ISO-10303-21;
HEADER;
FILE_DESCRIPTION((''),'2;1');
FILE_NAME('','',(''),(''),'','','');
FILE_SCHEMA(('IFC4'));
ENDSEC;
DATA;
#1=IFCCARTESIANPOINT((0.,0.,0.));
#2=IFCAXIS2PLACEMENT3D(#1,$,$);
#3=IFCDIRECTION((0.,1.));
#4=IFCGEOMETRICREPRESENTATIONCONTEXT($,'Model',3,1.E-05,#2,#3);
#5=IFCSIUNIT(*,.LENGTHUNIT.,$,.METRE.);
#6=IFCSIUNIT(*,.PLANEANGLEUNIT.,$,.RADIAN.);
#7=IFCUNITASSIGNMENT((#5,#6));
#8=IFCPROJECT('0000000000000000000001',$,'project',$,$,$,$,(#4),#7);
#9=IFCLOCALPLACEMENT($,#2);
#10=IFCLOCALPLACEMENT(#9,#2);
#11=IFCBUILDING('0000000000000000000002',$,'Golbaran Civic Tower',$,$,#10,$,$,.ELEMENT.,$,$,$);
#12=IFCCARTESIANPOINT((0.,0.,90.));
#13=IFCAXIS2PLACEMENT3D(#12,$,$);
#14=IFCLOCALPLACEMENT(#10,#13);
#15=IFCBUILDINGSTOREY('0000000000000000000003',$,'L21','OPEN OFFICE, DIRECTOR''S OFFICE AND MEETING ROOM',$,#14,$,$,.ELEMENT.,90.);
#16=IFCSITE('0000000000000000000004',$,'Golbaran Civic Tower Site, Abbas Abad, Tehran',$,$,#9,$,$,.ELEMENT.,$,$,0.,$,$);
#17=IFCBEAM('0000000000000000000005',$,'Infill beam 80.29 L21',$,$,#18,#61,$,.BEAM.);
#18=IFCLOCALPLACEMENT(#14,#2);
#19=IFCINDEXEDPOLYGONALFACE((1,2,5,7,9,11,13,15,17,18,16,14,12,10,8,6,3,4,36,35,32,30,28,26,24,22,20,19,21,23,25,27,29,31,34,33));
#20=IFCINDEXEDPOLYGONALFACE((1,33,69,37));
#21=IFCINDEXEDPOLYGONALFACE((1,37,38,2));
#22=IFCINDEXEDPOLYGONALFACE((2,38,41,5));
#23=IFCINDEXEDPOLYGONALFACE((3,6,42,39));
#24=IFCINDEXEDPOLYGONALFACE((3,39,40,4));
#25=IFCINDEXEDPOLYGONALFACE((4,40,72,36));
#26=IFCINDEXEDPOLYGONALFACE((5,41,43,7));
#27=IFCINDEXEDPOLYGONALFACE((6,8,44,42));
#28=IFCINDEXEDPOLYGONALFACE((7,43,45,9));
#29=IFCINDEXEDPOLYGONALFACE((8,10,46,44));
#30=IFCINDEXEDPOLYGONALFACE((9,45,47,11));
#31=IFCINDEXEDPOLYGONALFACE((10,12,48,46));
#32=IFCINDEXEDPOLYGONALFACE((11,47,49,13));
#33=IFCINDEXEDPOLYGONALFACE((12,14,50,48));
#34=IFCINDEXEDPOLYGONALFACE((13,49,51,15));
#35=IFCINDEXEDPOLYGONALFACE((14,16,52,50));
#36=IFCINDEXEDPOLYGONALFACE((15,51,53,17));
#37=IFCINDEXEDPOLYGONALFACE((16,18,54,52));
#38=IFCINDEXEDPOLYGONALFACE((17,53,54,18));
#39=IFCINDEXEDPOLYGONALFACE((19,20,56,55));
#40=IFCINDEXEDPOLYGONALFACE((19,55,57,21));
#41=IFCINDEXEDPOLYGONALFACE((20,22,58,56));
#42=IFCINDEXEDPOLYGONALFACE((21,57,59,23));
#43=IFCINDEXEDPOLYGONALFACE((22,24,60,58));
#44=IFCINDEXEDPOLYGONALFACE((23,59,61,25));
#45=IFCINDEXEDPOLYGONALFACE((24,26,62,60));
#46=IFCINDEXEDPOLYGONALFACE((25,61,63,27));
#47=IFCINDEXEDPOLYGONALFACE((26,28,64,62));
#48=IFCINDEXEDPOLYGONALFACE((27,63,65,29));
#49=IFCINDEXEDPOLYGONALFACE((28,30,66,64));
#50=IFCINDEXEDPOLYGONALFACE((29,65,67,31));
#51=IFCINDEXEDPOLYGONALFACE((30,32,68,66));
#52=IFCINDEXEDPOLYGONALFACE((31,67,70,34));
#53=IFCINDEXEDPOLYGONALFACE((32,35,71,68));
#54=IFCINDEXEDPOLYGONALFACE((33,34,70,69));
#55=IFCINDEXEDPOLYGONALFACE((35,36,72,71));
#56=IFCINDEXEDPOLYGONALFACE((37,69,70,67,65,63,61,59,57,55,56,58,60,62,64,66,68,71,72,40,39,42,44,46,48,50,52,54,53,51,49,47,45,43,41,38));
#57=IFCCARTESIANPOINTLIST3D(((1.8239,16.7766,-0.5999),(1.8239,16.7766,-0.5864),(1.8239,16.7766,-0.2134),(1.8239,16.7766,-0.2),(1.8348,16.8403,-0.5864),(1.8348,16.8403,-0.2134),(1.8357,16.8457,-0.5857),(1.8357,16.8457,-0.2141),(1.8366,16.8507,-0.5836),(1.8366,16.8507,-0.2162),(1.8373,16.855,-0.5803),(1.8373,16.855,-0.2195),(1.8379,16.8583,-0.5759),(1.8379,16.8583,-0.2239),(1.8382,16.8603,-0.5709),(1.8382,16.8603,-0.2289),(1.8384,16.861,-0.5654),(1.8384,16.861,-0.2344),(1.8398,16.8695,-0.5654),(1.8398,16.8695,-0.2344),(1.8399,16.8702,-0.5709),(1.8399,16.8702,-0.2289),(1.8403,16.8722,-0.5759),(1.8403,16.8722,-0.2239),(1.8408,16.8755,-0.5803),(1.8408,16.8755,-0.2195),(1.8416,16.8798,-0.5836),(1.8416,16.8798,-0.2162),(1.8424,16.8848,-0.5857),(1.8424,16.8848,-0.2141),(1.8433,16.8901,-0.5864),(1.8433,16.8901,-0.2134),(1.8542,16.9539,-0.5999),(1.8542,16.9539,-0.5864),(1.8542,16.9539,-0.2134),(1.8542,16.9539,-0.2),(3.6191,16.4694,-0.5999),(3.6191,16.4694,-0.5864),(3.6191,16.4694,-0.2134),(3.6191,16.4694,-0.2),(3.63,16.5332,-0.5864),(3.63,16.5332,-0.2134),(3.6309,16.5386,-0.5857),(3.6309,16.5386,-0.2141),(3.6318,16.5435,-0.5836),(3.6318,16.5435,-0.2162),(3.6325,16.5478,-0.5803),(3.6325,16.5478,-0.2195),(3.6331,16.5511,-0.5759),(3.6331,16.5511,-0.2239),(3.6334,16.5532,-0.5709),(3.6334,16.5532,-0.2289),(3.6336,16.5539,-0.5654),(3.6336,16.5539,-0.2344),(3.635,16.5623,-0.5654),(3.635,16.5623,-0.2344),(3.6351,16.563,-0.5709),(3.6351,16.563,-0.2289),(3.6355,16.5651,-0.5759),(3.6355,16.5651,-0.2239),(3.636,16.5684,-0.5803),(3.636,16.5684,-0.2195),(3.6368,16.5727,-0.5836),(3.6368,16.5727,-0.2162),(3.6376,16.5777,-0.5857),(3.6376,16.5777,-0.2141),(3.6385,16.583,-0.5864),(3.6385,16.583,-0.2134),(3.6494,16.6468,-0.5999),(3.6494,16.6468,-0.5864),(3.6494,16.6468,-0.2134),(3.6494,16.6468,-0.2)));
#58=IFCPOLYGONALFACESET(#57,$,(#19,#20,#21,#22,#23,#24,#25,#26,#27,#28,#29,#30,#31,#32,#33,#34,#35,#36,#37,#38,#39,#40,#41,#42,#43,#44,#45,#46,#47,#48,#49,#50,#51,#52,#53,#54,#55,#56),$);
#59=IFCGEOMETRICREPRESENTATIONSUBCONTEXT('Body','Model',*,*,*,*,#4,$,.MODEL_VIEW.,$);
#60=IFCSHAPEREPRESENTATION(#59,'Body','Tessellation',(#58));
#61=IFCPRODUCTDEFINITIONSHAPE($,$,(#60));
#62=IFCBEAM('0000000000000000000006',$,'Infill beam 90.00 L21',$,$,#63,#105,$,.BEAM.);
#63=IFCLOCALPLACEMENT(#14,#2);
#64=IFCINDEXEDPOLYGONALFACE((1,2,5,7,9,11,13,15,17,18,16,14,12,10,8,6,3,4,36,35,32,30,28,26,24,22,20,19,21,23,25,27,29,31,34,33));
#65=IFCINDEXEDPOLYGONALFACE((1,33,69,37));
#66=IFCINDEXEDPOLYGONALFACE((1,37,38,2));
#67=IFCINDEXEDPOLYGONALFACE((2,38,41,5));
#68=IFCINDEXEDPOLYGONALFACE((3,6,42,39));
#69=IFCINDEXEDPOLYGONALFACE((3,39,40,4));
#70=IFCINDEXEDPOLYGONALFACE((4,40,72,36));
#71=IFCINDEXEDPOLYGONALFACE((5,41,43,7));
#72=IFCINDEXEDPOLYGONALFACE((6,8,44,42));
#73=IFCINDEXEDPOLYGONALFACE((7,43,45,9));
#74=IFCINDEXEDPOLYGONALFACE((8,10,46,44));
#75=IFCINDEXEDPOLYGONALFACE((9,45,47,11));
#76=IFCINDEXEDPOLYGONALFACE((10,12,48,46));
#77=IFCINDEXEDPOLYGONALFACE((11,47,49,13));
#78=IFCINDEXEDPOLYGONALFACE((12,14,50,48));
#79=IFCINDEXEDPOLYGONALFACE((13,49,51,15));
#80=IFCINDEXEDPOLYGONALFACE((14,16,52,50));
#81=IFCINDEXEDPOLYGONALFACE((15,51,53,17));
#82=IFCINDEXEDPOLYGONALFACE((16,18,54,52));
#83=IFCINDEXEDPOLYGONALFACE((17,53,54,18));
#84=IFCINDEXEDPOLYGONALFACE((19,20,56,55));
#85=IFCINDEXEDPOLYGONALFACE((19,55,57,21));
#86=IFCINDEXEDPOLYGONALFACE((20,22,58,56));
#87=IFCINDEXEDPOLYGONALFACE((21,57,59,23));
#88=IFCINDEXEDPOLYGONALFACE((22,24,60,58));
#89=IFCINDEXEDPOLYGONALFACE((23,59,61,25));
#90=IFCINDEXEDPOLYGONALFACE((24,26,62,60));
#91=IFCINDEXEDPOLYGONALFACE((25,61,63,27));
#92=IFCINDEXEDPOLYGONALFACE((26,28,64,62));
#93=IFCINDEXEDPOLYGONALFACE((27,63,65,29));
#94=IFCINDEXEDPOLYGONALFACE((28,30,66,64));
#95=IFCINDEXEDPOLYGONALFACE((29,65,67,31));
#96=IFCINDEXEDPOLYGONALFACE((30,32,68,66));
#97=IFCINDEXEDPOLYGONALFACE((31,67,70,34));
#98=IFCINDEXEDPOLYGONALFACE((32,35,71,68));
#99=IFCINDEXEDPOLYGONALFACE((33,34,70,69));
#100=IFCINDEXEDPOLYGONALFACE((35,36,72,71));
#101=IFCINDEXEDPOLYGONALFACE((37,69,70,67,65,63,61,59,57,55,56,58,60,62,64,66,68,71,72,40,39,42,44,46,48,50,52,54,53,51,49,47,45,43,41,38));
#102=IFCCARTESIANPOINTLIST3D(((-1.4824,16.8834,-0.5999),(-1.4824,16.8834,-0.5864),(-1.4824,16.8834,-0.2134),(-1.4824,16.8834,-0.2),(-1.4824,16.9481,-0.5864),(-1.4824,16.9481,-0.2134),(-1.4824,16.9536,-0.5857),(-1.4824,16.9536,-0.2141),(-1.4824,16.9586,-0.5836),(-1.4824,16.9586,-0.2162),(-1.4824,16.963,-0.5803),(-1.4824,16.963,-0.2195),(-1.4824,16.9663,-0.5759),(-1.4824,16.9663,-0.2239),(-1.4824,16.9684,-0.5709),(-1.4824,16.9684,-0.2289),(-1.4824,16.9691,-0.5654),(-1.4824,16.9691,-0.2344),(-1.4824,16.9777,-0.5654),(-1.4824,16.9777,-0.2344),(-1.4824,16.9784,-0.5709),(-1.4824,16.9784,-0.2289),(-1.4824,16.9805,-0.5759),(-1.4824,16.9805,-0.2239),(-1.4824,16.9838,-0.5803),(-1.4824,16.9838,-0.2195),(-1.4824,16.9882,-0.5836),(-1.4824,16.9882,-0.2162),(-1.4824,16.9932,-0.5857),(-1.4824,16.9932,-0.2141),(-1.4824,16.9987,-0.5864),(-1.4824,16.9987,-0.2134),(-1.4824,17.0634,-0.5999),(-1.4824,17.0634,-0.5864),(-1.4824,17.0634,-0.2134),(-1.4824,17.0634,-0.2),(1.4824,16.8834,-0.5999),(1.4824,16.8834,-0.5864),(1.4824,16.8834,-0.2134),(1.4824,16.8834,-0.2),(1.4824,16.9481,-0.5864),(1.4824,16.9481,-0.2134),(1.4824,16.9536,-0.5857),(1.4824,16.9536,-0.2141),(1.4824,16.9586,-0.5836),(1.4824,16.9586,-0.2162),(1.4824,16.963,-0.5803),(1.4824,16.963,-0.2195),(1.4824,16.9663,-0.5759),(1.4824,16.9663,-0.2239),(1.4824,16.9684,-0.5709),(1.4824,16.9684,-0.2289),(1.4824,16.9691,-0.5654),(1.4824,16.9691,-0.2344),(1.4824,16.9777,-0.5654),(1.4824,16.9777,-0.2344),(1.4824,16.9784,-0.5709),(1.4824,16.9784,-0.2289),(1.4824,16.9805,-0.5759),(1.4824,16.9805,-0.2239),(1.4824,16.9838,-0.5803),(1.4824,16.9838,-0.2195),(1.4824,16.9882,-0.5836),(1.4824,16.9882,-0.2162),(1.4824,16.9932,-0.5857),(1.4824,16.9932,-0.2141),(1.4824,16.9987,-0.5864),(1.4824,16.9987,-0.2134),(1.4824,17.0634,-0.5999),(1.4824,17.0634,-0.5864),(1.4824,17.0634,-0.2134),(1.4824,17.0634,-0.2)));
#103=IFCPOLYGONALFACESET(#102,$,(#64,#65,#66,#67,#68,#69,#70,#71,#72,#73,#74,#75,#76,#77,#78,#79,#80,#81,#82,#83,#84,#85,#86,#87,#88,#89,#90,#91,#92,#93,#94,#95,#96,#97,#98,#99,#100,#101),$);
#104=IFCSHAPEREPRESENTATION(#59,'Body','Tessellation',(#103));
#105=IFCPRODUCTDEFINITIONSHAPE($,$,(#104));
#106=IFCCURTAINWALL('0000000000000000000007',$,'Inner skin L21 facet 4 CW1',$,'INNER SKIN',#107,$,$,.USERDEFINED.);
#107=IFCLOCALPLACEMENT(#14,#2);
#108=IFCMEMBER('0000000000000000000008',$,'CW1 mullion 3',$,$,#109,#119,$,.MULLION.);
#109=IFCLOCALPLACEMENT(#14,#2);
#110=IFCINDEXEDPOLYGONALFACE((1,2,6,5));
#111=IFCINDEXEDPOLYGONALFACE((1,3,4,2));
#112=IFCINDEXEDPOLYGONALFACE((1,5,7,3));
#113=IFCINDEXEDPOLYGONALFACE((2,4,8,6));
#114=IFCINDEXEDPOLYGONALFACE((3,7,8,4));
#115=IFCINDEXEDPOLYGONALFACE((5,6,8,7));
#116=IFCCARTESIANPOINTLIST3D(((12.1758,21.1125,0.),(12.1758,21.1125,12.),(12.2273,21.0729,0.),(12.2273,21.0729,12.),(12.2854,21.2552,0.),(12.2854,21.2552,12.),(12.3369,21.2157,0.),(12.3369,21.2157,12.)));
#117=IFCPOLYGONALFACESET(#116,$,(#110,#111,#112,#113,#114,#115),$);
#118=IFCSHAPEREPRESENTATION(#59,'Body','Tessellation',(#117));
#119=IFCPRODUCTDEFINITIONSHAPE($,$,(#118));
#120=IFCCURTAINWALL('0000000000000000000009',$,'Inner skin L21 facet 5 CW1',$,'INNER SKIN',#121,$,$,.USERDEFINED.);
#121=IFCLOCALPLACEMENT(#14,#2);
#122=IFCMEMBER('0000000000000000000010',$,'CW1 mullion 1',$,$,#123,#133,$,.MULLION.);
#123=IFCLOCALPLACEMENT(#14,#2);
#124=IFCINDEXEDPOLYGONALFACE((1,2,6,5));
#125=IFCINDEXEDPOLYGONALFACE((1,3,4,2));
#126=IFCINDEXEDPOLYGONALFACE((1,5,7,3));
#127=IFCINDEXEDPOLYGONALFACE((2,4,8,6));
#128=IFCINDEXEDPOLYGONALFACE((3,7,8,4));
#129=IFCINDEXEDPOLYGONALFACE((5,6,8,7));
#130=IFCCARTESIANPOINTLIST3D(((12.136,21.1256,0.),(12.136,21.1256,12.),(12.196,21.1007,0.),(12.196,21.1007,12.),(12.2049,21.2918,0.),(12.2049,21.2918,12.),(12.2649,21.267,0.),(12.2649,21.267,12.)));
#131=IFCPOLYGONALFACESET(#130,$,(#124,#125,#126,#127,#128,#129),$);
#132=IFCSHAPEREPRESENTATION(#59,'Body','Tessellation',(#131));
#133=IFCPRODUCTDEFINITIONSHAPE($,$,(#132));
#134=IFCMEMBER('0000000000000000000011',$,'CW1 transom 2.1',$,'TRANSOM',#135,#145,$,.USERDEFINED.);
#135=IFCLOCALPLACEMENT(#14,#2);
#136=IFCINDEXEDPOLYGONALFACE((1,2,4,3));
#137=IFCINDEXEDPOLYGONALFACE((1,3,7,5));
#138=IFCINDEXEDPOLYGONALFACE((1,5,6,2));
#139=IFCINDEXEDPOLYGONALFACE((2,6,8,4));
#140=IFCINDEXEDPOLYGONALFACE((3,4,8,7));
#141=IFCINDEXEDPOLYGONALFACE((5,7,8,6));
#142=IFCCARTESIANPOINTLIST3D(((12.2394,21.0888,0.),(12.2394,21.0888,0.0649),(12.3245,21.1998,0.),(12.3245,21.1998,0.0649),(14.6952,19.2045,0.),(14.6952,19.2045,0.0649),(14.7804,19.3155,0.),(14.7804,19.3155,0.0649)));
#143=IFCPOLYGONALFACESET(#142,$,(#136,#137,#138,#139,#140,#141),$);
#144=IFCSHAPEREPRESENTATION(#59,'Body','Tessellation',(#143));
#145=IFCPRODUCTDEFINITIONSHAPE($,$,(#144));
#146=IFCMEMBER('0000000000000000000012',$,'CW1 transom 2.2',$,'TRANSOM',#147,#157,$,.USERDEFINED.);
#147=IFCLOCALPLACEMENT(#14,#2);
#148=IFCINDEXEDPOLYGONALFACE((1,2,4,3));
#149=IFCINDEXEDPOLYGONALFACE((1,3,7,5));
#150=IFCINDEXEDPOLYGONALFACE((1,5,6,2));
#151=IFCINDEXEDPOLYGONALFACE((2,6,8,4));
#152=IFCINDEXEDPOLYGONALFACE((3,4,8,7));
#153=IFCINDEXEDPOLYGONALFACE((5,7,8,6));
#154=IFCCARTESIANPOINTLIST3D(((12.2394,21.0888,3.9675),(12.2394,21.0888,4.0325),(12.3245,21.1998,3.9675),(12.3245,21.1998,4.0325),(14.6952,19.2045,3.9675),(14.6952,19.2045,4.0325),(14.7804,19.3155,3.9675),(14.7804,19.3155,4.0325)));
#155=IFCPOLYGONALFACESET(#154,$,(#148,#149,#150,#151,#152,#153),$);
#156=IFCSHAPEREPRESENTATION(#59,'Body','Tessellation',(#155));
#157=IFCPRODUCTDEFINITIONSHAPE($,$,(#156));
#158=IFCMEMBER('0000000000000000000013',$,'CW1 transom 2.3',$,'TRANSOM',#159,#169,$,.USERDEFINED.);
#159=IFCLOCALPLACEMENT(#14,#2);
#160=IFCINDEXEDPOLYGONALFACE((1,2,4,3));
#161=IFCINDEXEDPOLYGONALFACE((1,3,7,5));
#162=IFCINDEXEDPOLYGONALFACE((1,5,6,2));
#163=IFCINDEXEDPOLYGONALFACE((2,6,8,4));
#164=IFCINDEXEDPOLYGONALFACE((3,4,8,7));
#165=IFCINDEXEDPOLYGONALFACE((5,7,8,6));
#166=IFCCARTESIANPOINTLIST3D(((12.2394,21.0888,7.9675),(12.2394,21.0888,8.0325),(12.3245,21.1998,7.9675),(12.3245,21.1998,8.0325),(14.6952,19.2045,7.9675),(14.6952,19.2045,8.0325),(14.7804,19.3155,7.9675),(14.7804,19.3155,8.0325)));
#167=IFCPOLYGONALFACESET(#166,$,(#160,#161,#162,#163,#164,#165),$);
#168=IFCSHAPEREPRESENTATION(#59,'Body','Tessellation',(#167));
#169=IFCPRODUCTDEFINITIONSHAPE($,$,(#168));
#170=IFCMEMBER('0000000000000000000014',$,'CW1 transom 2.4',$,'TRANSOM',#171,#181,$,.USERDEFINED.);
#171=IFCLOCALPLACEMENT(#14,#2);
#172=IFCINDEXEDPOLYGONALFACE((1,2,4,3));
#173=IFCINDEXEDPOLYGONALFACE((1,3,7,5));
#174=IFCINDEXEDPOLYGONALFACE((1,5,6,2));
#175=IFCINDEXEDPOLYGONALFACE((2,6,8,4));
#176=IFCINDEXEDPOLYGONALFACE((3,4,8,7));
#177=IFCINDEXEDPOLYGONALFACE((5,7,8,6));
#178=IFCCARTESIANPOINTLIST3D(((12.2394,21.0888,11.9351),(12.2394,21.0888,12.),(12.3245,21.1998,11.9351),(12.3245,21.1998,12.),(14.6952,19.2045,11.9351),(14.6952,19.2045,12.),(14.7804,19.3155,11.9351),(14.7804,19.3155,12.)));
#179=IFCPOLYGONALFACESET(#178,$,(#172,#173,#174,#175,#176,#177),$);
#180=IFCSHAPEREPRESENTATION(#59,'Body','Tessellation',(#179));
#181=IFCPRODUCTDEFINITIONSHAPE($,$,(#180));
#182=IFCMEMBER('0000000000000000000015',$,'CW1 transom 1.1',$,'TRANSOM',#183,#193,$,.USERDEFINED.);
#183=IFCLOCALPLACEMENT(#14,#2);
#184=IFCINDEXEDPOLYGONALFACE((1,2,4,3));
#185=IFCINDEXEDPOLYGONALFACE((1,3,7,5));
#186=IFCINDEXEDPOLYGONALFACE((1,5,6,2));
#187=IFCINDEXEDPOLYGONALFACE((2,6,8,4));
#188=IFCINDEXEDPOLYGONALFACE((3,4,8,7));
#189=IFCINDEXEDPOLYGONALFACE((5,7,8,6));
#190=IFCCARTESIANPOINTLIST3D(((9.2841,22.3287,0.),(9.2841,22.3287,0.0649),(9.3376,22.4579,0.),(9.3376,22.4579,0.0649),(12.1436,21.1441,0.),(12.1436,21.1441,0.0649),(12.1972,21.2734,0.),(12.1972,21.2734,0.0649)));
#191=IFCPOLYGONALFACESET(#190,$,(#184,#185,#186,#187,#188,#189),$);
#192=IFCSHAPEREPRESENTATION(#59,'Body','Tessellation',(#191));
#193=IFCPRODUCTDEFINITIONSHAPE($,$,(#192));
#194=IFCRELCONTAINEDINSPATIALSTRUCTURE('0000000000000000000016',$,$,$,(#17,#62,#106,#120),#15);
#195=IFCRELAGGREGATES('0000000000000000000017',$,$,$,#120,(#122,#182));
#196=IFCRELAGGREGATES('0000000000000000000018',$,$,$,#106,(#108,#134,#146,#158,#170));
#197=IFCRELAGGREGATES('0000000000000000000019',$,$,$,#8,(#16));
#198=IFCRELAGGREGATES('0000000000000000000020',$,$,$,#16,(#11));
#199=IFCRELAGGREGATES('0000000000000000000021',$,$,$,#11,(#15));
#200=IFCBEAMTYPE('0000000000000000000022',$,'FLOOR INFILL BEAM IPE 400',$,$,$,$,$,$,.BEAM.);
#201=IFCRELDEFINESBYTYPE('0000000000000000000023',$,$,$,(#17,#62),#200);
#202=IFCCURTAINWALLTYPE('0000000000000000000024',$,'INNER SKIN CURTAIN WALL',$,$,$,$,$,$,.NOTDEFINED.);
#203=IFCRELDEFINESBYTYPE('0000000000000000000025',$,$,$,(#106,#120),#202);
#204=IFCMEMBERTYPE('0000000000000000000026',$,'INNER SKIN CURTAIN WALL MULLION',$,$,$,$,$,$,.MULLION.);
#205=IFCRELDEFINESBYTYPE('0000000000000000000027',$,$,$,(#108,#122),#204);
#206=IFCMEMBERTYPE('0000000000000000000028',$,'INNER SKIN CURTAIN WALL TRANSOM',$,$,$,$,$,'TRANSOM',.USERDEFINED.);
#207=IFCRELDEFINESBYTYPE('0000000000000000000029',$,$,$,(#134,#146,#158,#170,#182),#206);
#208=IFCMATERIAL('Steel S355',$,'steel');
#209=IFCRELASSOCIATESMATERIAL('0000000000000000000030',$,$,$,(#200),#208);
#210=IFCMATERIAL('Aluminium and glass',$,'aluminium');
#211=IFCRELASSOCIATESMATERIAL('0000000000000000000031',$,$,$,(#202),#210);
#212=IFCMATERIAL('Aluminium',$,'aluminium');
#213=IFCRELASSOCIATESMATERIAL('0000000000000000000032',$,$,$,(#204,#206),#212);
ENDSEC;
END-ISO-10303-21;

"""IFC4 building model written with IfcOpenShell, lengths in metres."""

from ifc_helpers import new_model, si_unit, direction, frame, origin, origin_2d, place, context, subcontext, project, spatial, rectangle, i_section, extrude, material, material_profile, profile_set, type_object, element, aggregate, save


model = new_model("IFC4")

# Units and contexts
model_context = context("Model", 3, precision=1e-05, world=origin(), true_north=direction((0.0, 1.0)))
body_context = subcontext(model_context, "Body", "Model", "MODEL_VIEW")
ifc_project = project(units=[si_unit("LENGTHUNIT", "METRE"), si_unit("PLANEANGLEUNIT", "RADIAN")], contexts=[model_context])

# Site, building, storey
site_placement = place(None, origin())
site = spatial("IfcSite", under=ifc_project, at=site_placement, Name="Golbaran Civic Tower Site, Abbas Abad, Tehran", CompositionType="ELEMENT", RefElevation=0.0)
building_placement = place(site_placement, origin())
building = spatial("IfcBuilding", under=site, at=building_placement, Name="Golbaran Civic Tower", CompositionType="ELEMENT")
storey_placement = place(building_placement, frame((0.0, 0.0, 90.0)))
storey = spatial("IfcBuildingStorey", under=building, at=storey_placement, Name="L21", Description="OPEN OFFICE, DIRECTOR'S OFFICE AND MEETING ROOM", CompositionType="ELEMENT", Elevation=90.0)

# Beams
ifc_material_1 = material(Name="Steel S355", Category="steel")
ifc_material_profile_1 = material_profile(ifc_material_1, i_section(OverallWidth=0.1799, OverallDepth=0.3999, WebThickness=0.0085, FlangeThickness=0.0134, FilletRadius=0.021, at=origin_2d()), Name="IPE 400")
ifc_profile_set_1 = profile_set([ifc_material_profile_1], Name="Steel S355")
beam_type_1 = type_object("IfcBeamType", Name="FLOOR INFILL BEAM IPE 400", PredefinedType="BEAM", material=ifc_profile_set_1)
beam_1_placement = place(storey_placement, frame((3.6343, 16.5581, -0.3999), z_axis=(-0.985678, 0.168636, 0.0), x_axis=(-0.168636, -0.985678, 0.0)))
element("IfcBeam", 1, at=beam_1_placement, inside=storey, type_object=beam_type_1, Name="Infill beam 80.29 L21", PredefinedType="BEAM", context=body_context, shape_type="SweptSolid", body=[
    extrude(i_section(OverallWidth=0.1799, OverallDepth=0.3999, WebThickness=0.0085, FlangeThickness=0.0134, FilletRadius=0.021, at=origin_2d()), origin(), (0.0, 0.0, 1.0), 1.8213),
])
beam_2_placement = place(storey_placement, frame((1.4824, 16.9734, -0.3999), z_axis=(-1.0, 0.0, 0.0), x_axis=(0.0, -1.0, 0.0)))
element("IfcBeam", 2, at=beam_2_placement, inside=storey, type_object=beam_type_1, Name="Infill beam 90.00 L21", PredefinedType="BEAM", context=body_context, shape_type="SweptSolid", body=[
    extrude(i_section(OverallWidth=0.1799, OverallDepth=0.3999, WebThickness=0.0085, FlangeThickness=0.0134, FilletRadius=0.021, at=origin_2d()), origin(), (0.0, 0.0, 1.0), 2.9648),
])

# Curtain walls, members
ifc_material_2 = material(Name="Aluminium and glass", Category="aluminium")
curtain_wall_type = type_object("IfcCurtainWallType", Name="INNER SKIN CURTAIN WALL", PredefinedType="NOTDEFINED", material=ifc_material_2)
curtain_wall_1_placement = place(storey_placement, origin())
curtain_wall_1 = element("IfcCurtainWall", 3, at=curtain_wall_1_placement, inside=storey, type_object=curtain_wall_type, Name="Inner skin L21 facet 4 CW1", ObjectType="INNER SKIN", PredefinedType="USERDEFINED")
ifc_material_3 = material(Name="Aluminium", Category="aluminium")
ifc_material_profile_2 = material_profile(ifc_material_3, rectangle(XDim=0.1799, YDim=0.0649, at=origin_2d()), Name="INNER SKIN CURTAIN WALL MULLION")
ifc_profile_set_2 = profile_set([ifc_material_profile_2], Name="Aluminium")
member_type_1 = type_object("IfcMemberType", Name="INNER SKIN CURTAIN WALL MULLION", PredefinedType="MULLION", material=ifc_profile_set_2)
member_1_placement = place(storey_placement, frame((12.2563, 21.1641, 0.0), z_axis=(0.0, 0.0, 1.0), x_axis=(-0.608761, -0.793353, 0.0)))
member_1 = element("IfcMember", 4, at=member_1_placement, type_object=member_type_1, Name="CW1 mullion 3", PredefinedType="MULLION", context=body_context, shape_type="SweptSolid", body=[
    extrude(rectangle(XDim=0.1799, YDim=0.0649, at=origin_2d()), origin(), (0.0, 0.0, 1.0), 12.0),
])
curtain_wall_2_placement = place(storey_placement, origin())
curtain_wall_2 = element("IfcCurtainWall", 5, at=curtain_wall_2_placement, inside=storey, type_object=curtain_wall_type, Name="Inner skin L21 facet 5 CW1", ObjectType="INNER SKIN", PredefinedType="USERDEFINED")
member_2_placement = place(storey_placement, frame((12.2004, 21.1963, 0.0), z_axis=(0.0, 0.0, 1.0), x_axis=(-0.382683, -0.92388, 0.0)))
member_2 = element("IfcMember", 6, at=member_2_placement, type_object=member_type_1, Name="CW1 mullion 1", PredefinedType="MULLION", context=body_context, shape_type="SweptSolid", body=[
    extrude(rectangle(XDim=0.1799, YDim=0.0649, at=origin_2d()), origin(), (0.0, 0.0, 1.0), 12.0),
])

# Members
ifc_material_profile_3 = material_profile(ifc_material_3, rectangle(XDim=0.1399, YDim=0.0649, at=origin_2d()), Name="INNER SKIN CURTAIN WALL TRANSOM")
ifc_profile_set_3 = profile_set([ifc_material_profile_3], Name="Aluminium")
member_type_2 = type_object("IfcMemberType", Name="INNER SKIN CURTAIN WALL TRANSOM", ElementType="TRANSOM", PredefinedType="USERDEFINED", material=ifc_profile_set_3)
member_3_placement = place(storey_placement, frame((14.7378, 19.26, 0.0325), z_axis=(-0.793374, 0.608735, 0.0), x_axis=(-0.608735, -0.793374, 0.0)))
member_3 = element("IfcMember", 7, at=member_3_placement, type_object=member_type_2, Name="CW1 transom 2.1", ObjectType="TRANSOM", PredefinedType="USERDEFINED", context=body_context, shape_type="SweptSolid", body=[
    extrude(rectangle(XDim=0.1399, YDim=0.0649, at=origin_2d()), origin(), (0.0, 0.0, 1.0), 3.0955),
])
member_4_placement = place(storey_placement, frame((14.7378, 19.26, 4.0), z_axis=(-0.793374, 0.608735, 0.0), x_axis=(-0.608735, -0.793374, 0.0)))
member_4 = element("IfcMember", 8, at=member_4_placement, type_object=member_type_2, Name="CW1 transom 2.2", ObjectType="TRANSOM", PredefinedType="USERDEFINED", context=body_context, shape_type="SweptSolid", body=[
    extrude(rectangle(XDim=0.1399, YDim=0.0649, at=origin_2d()), origin(), (0.0, 0.0, 1.0), 3.0955),
])
member_5_placement = place(storey_placement, frame((14.7378, 19.26, 8.0), z_axis=(-0.793374, 0.608735, 0.0), x_axis=(-0.608735, -0.793374, 0.0)))
member_5 = element("IfcMember", 9, at=member_5_placement, type_object=member_type_2, Name="CW1 transom 2.3", ObjectType="TRANSOM", PredefinedType="USERDEFINED", context=body_context, shape_type="SweptSolid", body=[
    extrude(rectangle(XDim=0.1399, YDim=0.0649, at=origin_2d()), origin(), (0.0, 0.0, 1.0), 3.0955),
])
member_6_placement = place(storey_placement, frame((14.7378, 19.26, 11.9675), z_axis=(-0.793374, 0.608735, 0.0), x_axis=(-0.608735, -0.793374, 0.0)))
member_6 = element("IfcMember", 10, at=member_6_placement, type_object=member_type_2, Name="CW1 transom 2.4", ObjectType="TRANSOM", PredefinedType="USERDEFINED", context=body_context, shape_type="SweptSolid", body=[
    extrude(rectangle(XDim=0.1399, YDim=0.0649, at=origin_2d()), origin(), (0.0, 0.0, 1.0), 3.0955),
])
member_7_placement = place(storey_placement, frame((12.1704, 21.2087, 0.0325), z_axis=(-0.923871, 0.382705, 0.0), x_axis=(-0.382705, -0.923871, 0.0)))
member_7 = element("IfcMember", 11, at=member_7_placement, type_object=member_type_2, Name="CW1 transom 1.1", ObjectType="TRANSOM", PredefinedType="USERDEFINED", context=body_context, shape_type="SweptSolid", body=[
    extrude(rectangle(XDim=0.1399, YDim=0.0649, at=origin_2d()), origin(), (0.0, 0.0, 1.0), 3.0952),
])

aggregate(curtain_wall_2, [member_2, member_7])
aggregate(curtain_wall_1, [member_1, member_3, member_4, member_5, member_6])

save(model, "model.ifc")
